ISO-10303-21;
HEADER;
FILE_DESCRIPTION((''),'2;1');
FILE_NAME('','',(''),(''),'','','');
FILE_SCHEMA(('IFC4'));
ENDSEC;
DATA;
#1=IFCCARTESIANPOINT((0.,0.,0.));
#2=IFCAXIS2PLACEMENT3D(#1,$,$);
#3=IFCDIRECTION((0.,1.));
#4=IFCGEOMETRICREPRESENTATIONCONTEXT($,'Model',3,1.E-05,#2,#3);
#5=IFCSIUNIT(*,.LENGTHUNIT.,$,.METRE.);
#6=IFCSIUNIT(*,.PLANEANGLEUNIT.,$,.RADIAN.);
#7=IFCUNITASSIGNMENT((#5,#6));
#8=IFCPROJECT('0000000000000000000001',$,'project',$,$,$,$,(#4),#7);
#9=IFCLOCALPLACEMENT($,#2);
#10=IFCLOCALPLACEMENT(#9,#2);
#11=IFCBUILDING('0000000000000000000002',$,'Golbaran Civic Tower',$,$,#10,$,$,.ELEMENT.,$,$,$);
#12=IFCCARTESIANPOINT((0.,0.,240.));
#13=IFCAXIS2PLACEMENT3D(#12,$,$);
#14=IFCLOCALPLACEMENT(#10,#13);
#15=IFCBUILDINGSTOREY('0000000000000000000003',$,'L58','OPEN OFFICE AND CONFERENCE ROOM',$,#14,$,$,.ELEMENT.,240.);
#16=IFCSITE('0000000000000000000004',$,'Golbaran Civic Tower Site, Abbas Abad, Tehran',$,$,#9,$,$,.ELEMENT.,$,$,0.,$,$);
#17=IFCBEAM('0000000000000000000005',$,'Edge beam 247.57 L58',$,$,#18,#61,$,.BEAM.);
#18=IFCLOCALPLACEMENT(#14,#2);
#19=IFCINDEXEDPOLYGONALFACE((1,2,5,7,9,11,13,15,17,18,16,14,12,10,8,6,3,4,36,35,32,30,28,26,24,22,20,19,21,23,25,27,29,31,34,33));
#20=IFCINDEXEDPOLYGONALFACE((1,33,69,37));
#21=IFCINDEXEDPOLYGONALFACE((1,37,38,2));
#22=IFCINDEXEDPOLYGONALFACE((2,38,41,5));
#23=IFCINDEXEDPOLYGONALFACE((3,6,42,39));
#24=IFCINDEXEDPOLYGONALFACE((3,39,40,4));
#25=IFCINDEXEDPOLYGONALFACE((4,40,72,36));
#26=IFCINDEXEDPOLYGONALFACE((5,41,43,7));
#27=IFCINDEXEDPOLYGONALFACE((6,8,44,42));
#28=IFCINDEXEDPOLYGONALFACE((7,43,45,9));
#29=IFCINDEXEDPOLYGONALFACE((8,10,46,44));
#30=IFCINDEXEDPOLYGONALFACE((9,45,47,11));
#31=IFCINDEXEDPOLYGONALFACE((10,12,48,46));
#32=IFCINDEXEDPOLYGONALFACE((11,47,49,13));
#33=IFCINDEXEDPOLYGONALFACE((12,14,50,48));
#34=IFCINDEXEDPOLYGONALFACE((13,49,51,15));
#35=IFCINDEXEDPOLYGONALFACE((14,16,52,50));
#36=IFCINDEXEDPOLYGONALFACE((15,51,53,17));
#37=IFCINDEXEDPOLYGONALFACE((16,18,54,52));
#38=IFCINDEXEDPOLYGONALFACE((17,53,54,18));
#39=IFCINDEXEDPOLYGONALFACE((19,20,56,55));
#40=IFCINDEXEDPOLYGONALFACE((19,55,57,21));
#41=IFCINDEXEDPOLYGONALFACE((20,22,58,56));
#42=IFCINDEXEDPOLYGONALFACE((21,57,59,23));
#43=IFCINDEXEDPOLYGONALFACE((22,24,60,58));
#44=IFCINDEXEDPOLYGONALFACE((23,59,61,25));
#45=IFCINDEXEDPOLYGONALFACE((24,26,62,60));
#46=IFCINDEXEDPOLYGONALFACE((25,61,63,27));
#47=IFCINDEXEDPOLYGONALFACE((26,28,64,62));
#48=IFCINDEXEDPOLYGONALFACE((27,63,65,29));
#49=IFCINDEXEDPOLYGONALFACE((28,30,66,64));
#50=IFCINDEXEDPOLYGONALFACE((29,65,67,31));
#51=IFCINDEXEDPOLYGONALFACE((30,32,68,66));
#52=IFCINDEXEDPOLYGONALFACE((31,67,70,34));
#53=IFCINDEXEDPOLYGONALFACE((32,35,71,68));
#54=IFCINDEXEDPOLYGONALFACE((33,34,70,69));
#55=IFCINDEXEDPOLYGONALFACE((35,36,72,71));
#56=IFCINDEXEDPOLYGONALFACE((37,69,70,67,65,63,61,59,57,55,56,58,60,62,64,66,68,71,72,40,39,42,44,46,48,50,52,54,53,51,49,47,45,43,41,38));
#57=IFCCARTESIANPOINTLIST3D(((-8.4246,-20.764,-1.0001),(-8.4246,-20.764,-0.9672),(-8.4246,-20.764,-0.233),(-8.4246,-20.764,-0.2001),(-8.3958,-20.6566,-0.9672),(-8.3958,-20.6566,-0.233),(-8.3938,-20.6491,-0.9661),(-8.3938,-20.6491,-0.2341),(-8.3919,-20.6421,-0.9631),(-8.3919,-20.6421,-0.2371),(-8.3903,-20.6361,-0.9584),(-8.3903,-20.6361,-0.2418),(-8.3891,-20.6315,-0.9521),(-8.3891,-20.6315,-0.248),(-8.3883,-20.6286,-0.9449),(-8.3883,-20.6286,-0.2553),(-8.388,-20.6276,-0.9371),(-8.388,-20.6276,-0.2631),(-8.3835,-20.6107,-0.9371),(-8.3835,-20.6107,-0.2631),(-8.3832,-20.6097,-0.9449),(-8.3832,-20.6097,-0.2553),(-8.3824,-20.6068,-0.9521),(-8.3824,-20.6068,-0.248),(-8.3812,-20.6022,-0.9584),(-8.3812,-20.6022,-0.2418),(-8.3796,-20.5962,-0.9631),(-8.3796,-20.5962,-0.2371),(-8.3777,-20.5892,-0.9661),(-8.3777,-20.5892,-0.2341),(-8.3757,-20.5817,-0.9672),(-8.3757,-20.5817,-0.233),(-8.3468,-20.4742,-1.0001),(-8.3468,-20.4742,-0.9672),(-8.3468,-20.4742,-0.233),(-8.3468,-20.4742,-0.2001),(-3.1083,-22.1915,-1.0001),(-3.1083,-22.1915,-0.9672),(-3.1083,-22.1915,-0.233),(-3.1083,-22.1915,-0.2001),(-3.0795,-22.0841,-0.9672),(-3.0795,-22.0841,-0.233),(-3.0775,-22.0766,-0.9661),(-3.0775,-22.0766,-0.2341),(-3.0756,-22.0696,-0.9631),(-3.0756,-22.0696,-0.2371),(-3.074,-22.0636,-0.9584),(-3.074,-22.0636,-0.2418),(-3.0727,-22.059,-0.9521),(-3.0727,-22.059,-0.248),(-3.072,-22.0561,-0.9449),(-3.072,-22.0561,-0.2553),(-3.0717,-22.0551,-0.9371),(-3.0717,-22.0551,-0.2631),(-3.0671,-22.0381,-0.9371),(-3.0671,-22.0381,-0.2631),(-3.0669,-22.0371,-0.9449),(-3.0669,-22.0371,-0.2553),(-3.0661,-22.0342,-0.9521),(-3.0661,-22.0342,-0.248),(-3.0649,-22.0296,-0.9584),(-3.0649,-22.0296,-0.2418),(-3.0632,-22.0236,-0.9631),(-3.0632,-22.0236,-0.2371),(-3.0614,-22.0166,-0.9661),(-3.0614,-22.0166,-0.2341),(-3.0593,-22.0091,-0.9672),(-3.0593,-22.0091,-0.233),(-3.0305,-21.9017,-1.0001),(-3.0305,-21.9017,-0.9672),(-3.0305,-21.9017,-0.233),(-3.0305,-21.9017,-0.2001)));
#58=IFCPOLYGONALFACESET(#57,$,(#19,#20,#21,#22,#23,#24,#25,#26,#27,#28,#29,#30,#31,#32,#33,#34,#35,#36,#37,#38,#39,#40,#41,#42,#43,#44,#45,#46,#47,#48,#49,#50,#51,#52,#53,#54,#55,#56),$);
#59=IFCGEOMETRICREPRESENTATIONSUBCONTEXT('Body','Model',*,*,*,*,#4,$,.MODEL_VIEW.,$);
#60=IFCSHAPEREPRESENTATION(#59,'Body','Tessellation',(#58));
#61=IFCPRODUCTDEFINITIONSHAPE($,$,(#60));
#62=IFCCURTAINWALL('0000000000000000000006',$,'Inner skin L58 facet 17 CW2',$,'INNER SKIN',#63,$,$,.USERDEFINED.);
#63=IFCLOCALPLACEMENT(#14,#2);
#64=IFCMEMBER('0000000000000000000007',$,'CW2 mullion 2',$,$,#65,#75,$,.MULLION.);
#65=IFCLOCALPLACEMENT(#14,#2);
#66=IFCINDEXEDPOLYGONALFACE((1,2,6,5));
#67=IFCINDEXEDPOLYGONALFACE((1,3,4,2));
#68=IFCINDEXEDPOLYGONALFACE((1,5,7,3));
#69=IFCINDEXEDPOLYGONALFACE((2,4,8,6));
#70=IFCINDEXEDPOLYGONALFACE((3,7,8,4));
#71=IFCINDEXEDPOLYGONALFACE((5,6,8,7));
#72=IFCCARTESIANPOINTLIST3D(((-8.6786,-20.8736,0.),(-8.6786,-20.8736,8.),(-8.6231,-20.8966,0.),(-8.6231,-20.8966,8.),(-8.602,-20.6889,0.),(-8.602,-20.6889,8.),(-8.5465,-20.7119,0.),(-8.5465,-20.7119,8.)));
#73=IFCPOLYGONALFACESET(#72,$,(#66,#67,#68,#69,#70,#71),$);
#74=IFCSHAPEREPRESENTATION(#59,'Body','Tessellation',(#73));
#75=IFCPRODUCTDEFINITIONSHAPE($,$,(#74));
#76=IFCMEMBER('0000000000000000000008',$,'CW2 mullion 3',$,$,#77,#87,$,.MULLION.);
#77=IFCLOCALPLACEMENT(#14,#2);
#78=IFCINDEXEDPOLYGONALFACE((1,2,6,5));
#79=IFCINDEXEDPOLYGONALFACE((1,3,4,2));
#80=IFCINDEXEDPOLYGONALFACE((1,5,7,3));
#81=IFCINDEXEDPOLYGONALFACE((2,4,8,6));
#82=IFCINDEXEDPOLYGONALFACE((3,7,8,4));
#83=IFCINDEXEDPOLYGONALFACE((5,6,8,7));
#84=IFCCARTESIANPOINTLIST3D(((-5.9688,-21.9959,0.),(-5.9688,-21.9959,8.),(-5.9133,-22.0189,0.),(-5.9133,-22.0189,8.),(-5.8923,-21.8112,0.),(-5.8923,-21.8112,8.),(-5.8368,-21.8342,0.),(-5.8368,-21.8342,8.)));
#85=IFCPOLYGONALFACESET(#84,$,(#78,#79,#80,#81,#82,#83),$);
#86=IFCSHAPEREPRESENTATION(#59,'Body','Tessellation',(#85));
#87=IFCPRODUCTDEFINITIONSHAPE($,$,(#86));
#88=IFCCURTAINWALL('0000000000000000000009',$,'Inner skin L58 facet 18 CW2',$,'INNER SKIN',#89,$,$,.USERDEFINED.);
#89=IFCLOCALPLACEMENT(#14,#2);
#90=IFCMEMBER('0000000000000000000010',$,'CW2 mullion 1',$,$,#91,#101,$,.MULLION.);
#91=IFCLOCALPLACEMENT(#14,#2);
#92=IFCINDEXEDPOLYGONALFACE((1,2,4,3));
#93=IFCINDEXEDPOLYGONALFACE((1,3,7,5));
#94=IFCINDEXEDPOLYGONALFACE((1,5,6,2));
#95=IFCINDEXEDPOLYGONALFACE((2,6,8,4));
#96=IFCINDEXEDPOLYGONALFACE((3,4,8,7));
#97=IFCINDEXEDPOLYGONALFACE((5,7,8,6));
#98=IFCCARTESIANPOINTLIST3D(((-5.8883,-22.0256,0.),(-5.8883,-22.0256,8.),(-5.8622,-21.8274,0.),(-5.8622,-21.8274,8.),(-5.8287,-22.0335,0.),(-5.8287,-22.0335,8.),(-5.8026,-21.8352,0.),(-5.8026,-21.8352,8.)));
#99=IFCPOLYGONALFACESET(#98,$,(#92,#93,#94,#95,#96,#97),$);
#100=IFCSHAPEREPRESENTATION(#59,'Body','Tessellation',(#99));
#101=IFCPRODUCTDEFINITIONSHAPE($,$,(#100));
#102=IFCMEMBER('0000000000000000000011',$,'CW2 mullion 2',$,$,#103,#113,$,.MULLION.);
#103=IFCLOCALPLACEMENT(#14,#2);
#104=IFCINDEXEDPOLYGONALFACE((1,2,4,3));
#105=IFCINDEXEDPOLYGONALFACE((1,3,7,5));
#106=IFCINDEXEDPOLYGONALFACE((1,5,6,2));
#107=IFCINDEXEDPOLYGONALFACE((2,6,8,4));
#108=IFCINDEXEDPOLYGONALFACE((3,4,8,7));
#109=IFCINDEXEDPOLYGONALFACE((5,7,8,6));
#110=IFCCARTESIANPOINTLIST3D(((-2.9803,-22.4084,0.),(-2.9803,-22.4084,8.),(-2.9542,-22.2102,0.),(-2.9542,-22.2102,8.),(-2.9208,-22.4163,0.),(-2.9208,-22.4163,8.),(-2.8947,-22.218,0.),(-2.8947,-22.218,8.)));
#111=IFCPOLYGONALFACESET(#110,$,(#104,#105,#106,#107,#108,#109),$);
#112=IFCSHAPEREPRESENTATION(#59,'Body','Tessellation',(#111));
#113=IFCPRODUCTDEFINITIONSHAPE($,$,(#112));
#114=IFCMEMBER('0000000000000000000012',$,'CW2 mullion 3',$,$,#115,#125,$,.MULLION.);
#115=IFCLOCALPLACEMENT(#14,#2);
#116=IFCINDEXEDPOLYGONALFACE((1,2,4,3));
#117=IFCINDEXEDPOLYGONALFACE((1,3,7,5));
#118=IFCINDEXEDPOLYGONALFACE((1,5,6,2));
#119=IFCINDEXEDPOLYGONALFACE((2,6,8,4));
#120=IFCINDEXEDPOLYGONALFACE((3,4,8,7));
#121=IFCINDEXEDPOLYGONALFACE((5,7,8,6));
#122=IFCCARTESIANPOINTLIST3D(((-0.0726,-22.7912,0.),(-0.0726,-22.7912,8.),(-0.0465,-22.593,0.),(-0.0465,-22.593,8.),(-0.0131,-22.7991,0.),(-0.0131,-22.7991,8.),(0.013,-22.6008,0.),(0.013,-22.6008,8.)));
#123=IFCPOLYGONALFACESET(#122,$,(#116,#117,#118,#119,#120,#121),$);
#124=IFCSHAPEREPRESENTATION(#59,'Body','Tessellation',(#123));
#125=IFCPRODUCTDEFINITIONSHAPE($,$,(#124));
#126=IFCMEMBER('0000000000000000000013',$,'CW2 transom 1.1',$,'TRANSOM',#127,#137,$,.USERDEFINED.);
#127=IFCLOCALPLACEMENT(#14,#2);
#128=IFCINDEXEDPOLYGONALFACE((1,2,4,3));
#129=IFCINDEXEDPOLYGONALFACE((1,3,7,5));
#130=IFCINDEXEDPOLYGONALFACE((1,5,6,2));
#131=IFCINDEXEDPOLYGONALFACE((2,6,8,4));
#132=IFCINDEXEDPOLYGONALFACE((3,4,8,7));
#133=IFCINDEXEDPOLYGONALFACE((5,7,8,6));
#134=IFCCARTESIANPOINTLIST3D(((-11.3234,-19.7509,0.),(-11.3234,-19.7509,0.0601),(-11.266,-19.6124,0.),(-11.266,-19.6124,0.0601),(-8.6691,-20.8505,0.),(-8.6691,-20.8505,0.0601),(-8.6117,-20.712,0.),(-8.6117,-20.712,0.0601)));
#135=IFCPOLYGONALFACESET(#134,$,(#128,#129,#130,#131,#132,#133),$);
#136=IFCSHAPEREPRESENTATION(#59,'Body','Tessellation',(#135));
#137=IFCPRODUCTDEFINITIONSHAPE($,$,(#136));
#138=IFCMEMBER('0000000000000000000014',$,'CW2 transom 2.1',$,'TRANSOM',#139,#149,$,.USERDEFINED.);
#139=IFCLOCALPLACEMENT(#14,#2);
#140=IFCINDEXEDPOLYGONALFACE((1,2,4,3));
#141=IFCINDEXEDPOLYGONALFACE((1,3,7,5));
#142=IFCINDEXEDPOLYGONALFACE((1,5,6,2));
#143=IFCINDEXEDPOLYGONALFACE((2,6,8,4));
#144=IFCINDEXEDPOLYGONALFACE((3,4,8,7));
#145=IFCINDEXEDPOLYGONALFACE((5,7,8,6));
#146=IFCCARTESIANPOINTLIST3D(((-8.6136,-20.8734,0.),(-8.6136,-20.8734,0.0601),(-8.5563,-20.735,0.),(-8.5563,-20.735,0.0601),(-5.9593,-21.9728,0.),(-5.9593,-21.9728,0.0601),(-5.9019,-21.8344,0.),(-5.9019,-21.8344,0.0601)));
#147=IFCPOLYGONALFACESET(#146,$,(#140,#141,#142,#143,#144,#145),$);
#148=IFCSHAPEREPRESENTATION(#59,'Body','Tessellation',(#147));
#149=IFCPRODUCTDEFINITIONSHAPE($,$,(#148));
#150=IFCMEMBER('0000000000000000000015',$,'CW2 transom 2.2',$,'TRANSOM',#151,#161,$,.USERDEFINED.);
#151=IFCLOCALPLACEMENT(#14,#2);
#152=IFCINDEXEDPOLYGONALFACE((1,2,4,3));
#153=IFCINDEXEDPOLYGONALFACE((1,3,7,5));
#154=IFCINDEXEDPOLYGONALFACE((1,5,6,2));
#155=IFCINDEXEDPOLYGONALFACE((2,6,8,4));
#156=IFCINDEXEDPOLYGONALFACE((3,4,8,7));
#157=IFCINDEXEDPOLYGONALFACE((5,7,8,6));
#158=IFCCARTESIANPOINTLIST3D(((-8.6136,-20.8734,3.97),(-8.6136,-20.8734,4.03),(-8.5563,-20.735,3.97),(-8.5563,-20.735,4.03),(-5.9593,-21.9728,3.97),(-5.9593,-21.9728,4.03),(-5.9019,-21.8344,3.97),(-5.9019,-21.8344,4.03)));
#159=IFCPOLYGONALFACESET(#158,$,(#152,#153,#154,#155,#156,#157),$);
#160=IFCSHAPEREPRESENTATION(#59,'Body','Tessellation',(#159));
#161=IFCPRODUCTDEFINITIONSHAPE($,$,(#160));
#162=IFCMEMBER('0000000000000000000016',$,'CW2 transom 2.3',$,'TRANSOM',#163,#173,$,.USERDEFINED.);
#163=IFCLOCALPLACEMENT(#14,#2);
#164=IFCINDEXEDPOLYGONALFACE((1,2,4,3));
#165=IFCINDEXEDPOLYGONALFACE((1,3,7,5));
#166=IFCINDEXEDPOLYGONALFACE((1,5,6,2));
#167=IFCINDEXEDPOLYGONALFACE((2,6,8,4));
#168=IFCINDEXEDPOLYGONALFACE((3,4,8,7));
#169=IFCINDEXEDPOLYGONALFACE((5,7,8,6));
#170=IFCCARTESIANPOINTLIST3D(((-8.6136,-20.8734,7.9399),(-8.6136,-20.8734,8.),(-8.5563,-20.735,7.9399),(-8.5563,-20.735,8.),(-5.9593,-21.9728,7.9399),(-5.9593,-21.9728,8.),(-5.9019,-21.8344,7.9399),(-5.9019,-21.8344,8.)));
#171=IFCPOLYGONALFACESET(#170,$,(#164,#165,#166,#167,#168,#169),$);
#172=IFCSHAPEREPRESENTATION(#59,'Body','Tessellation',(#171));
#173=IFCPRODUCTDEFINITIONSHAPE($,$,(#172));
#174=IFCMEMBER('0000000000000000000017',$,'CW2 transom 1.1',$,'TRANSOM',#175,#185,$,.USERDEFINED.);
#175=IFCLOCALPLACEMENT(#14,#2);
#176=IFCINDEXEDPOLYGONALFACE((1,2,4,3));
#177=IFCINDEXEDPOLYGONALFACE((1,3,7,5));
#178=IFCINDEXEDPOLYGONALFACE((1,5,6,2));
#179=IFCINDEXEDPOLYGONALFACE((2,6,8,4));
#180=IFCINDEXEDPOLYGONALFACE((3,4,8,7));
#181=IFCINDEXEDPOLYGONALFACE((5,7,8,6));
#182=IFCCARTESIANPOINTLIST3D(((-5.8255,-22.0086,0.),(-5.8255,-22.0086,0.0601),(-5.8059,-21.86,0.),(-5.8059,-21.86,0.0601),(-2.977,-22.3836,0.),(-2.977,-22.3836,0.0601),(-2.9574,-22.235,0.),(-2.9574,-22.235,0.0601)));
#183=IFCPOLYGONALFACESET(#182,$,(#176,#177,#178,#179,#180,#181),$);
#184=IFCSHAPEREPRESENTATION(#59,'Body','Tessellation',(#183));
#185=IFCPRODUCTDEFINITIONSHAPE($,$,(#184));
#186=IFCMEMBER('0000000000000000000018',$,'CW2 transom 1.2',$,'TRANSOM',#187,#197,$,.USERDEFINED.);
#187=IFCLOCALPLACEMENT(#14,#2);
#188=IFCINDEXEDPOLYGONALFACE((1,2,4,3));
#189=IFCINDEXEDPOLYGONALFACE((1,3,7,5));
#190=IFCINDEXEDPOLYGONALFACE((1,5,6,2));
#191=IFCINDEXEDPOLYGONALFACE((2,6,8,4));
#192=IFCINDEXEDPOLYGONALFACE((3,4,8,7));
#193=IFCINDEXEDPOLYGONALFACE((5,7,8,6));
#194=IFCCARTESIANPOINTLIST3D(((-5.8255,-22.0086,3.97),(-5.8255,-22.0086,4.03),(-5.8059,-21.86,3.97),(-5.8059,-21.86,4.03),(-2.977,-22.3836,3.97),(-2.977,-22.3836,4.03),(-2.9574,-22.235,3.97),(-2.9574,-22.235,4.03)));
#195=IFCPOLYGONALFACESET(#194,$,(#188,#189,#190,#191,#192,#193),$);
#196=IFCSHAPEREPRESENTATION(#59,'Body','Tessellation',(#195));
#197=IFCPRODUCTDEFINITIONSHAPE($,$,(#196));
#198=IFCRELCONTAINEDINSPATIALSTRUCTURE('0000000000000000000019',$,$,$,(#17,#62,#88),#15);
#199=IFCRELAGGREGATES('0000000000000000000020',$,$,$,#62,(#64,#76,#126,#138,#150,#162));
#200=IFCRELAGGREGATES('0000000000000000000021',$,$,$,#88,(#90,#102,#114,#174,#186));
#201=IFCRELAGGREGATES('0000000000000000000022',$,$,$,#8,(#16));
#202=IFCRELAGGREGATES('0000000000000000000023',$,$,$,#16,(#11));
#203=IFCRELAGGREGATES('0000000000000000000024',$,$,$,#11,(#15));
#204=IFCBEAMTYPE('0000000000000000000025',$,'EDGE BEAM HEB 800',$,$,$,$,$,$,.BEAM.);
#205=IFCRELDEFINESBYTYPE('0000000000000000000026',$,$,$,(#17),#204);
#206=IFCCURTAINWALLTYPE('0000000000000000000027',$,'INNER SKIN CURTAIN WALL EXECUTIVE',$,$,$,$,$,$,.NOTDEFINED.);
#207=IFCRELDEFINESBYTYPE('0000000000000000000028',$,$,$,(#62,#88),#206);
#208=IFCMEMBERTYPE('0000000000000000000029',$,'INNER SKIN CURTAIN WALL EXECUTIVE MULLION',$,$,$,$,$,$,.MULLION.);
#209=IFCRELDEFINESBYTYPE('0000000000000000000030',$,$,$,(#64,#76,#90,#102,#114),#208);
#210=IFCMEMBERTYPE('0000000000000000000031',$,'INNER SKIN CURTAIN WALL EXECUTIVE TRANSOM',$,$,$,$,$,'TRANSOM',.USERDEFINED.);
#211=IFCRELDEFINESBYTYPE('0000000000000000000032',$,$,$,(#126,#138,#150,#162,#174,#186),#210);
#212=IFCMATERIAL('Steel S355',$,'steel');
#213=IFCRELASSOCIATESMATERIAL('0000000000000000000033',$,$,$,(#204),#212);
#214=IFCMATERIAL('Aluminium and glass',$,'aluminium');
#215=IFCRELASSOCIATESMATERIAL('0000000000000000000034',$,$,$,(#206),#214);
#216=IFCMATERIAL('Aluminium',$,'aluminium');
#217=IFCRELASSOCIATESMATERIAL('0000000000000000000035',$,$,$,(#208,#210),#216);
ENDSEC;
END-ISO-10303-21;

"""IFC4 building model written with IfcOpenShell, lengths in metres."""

from ifc_helpers import new_model, si_unit, direction, frame, origin, origin_2d, place, context, subcontext, project, spatial, rectangle, i_section, extrude, material, material_profile, profile_set, type_object, element, aggregate, save


model = new_model("IFC4")

# Units and contexts
model_context = context("Model", 3, precision=1e-05, world=origin(), true_north=direction((0.0, 1.0)))
body_context = subcontext(model_context, "Body", "Model", "MODEL_VIEW")
ifc_project = project(units=[si_unit("LENGTHUNIT", "METRE"), si_unit("PLANEANGLEUNIT", "RADIAN")], contexts=[model_context])

# Site, building, storey
site_placement = place(None, origin())
site = spatial("IfcSite", under=ifc_project, at=site_placement, Name="Golbaran Civic Tower Site, Abbas Abad, Tehran", CompositionType="ELEMENT", RefElevation=0.0)
building_placement = place(site_placement, origin())
building = spatial("IfcBuilding", under=site, at=building_placement, Name="Golbaran Civic Tower", CompositionType="ELEMENT")
storey_placement = place(building_placement, frame((0.0, 0.0, 240.0)))
storey = spatial("IfcBuildingStorey", under=building, at=storey_placement, Name="L58", Description="OPEN OFFICE AND CONFERENCE ROOM", CompositionType="ELEMENT", Elevation=240.0)

# Beam
ifc_material_1 = material(Name="Steel S355", Category="steel")
ifc_material_profile_1 = material_profile(ifc_material_1, i_section(OverallWidth=0.3, OverallDepth=0.8, WebThickness=0.0176, FlangeThickness=0.033, FilletRadius=0.03, at=origin_2d()), Name="HEB 800")
ifc_profile_set_1 = profile_set([ifc_material_profile_1], Name="Steel S355")
beam_type = type_object("IfcBeamType", Name="EDGE BEAM HEB 800", PredefinedType="BEAM", material=ifc_profile_set_1)
beam_placement = place(storey_placement, frame((-8.3857, -20.6191, -0.6001), z_axis=(0.965791, -0.259321, 0.0), x_axis=(0.259321, 0.965791, 0.0)))
element("IfcBeam", 1, at=beam_placement, inside=storey, type_object=beam_type, Name="Edge beam 247.57 L58", PredefinedType="BEAM", context=body_context, shape_type="SweptSolid", body=[
    extrude(i_section(OverallWidth=0.3, OverallDepth=0.8, WebThickness=0.0176, FlangeThickness=0.033, FilletRadius=0.03, at=origin_2d()), origin(), (0.0, 0.0, 1.0), 5.5046),
])

# Curtain walls, members
ifc_material_2 = material(Name="Aluminium and glass", Category="aluminium")
curtain_wall_type = type_object("IfcCurtainWallType", Name="INNER SKIN CURTAIN WALL EXECUTIVE", PredefinedType="NOTDEFINED", material=ifc_material_2)
curtain_wall_1_placement = place(storey_placement, origin())
curtain_wall_1 = element("IfcCurtainWall", 2, at=curtain_wall_1_placement, inside=storey, type_object=curtain_wall_type, Name="Inner skin L58 facet 17 CW2", ObjectType="INNER SKIN", PredefinedType="USERDEFINED")
ifc_material_3 = material(Name="Aluminium", Category="aluminium")
ifc_material_profile_2 = material_profile(ifc_material_3, rectangle(XDim=0.2, YDim=0.0601, at=origin_2d()), Name="INNER SKIN CURTAIN WALL EXECUTIVE MULLION")
ifc_profile_set_2 = profile_set([ifc_material_profile_2], Name="Aluminium")
member_type_1 = type_object("IfcMemberType", Name="INNER SKIN CURTAIN WALL EXECUTIVE MULLION", PredefinedType="MULLION", material=ifc_profile_set_2)
member_1_placement = place(storey_placement, frame((-8.6125, -20.7927, 0.0), z_axis=(0.0, 0.0, 1.0), x_axis=(0.382683, 0.92388, 0.0)))
member_1 = element("IfcMember", 3, at=member_1_placement, type_object=member_type_1, Name="CW2 mullion 2", PredefinedType="MULLION", context=body_context, shape_type="SweptSolid", body=[
    extrude(rectangle(XDim=0.2, YDim=0.0601, at=origin_2d()), origin(), (0.0, 0.0, 1.0), 8.0),
])
member_2_placement = place(storey_placement, frame((-5.9028, -21.915, 0.0), z_axis=(0.0, 0.0, 1.0), x_axis=(0.382683, 0.92388, 0.0)))
member_2 = element("IfcMember", 4, at=member_2_placement, type_object=member_type_1, Name="CW2 mullion 3", PredefinedType="MULLION", context=body_context, shape_type="SweptSolid", body=[
    extrude(rectangle(XDim=0.2, YDim=0.0601, at=origin_2d()), origin(), (0.0, 0.0, 1.0), 8.0),
])
curtain_wall_2_placement = place(storey_placement, origin())
curtain_wall_2 = element("IfcCurtainWall", 5, at=curtain_wall_2_placement, inside=storey, type_object=curtain_wall_type, Name="Inner skin L58 facet 18 CW2", ObjectType="INNER SKIN", PredefinedType="USERDEFINED")
member_3_placement = place(storey_placement, frame((-5.8455, -21.9304, 0.0), z_axis=(0.0, 0.0, 1.0), x_axis=(0.130526, 0.991445, 0.0)))
member_3 = element("IfcMember", 6, at=member_3_placement, type_object=member_type_1, Name="CW2 mullion 1", PredefinedType="MULLION", context=body_context, shape_type="SweptSolid", body=[
    extrude(rectangle(XDim=0.2, YDim=0.0601, at=origin_2d()), origin(), (0.0, 0.0, 1.0), 8.0),
])
member_4_placement = place(storey_placement, frame((-2.9375, -22.3132, 0.0), z_axis=(0.0, 0.0, 1.0), x_axis=(0.130526, 0.991445, 0.0)))
member_4 = element("IfcMember", 7, at=member_4_placement, type_object=member_type_1, Name="CW2 mullion 2", PredefinedType="MULLION", context=body_context, shape_type="SweptSolid", body=[
    extrude(rectangle(XDim=0.2, YDim=0.0601, at=origin_2d()), origin(), (0.0, 0.0, 1.0), 8.0),
])
member_5_placement = place(storey_placement, frame((-0.0298, -22.696, 0.0), z_axis=(0.0, 0.0, 1.0), x_axis=(0.130526, 0.991445, 0.0)))
member_5 = element("IfcMember", 8, at=member_5_placement, type_object=member_type_1, Name="CW2 mullion 3", PredefinedType="MULLION", context=body_context, shape_type="SweptSolid", body=[
    extrude(rectangle(XDim=0.2, YDim=0.0601, at=origin_2d()), origin(), (0.0, 0.0, 1.0), 8.0),
])

# Members
ifc_material_profile_3 = material_profile(ifc_material_3, rectangle(XDim=0.1499, YDim=0.0601, at=origin_2d()), Name="INNER SKIN CURTAIN WALL EXECUTIVE TRANSOM")
ifc_profile_set_3 = profile_set([ifc_material_profile_3], Name="Aluminium")
member_type_2 = type_object("IfcMemberType", Name="INNER SKIN CURTAIN WALL EXECUTIVE TRANSOM", ElementType="TRANSOM", PredefinedType="USERDEFINED", material=ifc_profile_set_3)
member_6_placement = place(storey_placement, frame((-11.2947, -19.6816, 0.03), z_axis=(0.923859, -0.382732, 0.0), x_axis=(0.382732, 0.923859, 0.0)))
member_6 = element("IfcMember", 9, at=member_6_placement, type_object=member_type_2, Name="CW2 transom 1.1", ObjectType="TRANSOM", PredefinedType="USERDEFINED", context=body_context, shape_type="SweptSolid", body=[
    extrude(rectangle(XDim=0.1499, YDim=0.0601, at=origin_2d()), origin(), (0.0, 0.0, 1.0), 2.873),
])
member_7_placement = place(storey_placement, frame((-8.585, -20.8042, 0.03), z_axis=(0.923889, -0.38266, 0.0), x_axis=(0.38266, 0.923889, 0.0)))
member_7 = element("IfcMember", 10, at=member_7_placement, type_object=member_type_2, Name="CW2 transom 2.1", ObjectType="TRANSOM", PredefinedType="USERDEFINED", context=body_context, shape_type="SweptSolid", body=[
    extrude(rectangle(XDim=0.1499, YDim=0.0601, at=origin_2d()), origin(), (0.0, 0.0, 1.0), 2.873),
])
member_8_placement = place(storey_placement, frame((-8.585, -20.8042, 4.0), z_axis=(0.923889, -0.38266, 0.0), x_axis=(0.38266, 0.923889, 0.0)))
member_8 = element("IfcMember", 11, at=member_8_placement, type_object=member_type_2, Name="CW2 transom 2.2", ObjectType="TRANSOM", PredefinedType="USERDEFINED", context=body_context, shape_type="SweptSolid", body=[
    extrude(rectangle(XDim=0.1499, YDim=0.0601, at=origin_2d()), origin(), (0.0, 0.0, 1.0), 2.873),
])
member_9_placement = place(storey_placement, frame((-8.585, -20.8042, 7.97), z_axis=(0.923889, -0.38266, 0.0), x_axis=(0.38266, 0.923889, 0.0)))
member_9 = element("IfcMember", 12, at=member_9_placement, type_object=member_type_2, Name="CW2 transom 2.3", ObjectType="TRANSOM", PredefinedType="USERDEFINED", context=body_context, shape_type="SweptSolid", body=[
    extrude(rectangle(XDim=0.1499, YDim=0.0601, at=origin_2d()), origin(), (0.0, 0.0, 1.0), 2.873),
])
member_10_placement = place(storey_placement, frame((-5.8157, -21.9343, 0.03), z_axis=(0.991445, -0.130527, 0.0), x_axis=(0.130527, 0.991445, 0.0)))
member_10 = element("IfcMember", 13, at=member_10_placement, type_object=member_type_2, Name="CW2 transom 1.1", ObjectType="TRANSOM", PredefinedType="USERDEFINED", context=body_context, shape_type="SweptSolid", body=[
    extrude(rectangle(XDim=0.1499, YDim=0.0601, at=origin_2d()), origin(), (0.0, 0.0, 1.0), 2.873),
])
member_11_placement = place(storey_placement, frame((-5.8157, -21.9343, 4.0), z_axis=(0.991445, -0.130527, 0.0), x_axis=(0.130527, 0.991445, 0.0)))
member_11 = element("IfcMember", 14, at=member_11_placement, type_object=member_type_2, Name="CW2 transom 1.2", ObjectType="TRANSOM", PredefinedType="USERDEFINED", context=body_context, shape_type="SweptSolid", body=[
    extrude(rectangle(XDim=0.1499, YDim=0.0601, at=origin_2d()), origin(), (0.0, 0.0, 1.0), 2.873),
])

aggregate(curtain_wall_1, [member_1, member_2, member_6, member_7, member_8, member_9])
aggregate(curtain_wall_2, [member_3, member_4, member_5, member_10, member_11])

save(model, "model.ifc")
